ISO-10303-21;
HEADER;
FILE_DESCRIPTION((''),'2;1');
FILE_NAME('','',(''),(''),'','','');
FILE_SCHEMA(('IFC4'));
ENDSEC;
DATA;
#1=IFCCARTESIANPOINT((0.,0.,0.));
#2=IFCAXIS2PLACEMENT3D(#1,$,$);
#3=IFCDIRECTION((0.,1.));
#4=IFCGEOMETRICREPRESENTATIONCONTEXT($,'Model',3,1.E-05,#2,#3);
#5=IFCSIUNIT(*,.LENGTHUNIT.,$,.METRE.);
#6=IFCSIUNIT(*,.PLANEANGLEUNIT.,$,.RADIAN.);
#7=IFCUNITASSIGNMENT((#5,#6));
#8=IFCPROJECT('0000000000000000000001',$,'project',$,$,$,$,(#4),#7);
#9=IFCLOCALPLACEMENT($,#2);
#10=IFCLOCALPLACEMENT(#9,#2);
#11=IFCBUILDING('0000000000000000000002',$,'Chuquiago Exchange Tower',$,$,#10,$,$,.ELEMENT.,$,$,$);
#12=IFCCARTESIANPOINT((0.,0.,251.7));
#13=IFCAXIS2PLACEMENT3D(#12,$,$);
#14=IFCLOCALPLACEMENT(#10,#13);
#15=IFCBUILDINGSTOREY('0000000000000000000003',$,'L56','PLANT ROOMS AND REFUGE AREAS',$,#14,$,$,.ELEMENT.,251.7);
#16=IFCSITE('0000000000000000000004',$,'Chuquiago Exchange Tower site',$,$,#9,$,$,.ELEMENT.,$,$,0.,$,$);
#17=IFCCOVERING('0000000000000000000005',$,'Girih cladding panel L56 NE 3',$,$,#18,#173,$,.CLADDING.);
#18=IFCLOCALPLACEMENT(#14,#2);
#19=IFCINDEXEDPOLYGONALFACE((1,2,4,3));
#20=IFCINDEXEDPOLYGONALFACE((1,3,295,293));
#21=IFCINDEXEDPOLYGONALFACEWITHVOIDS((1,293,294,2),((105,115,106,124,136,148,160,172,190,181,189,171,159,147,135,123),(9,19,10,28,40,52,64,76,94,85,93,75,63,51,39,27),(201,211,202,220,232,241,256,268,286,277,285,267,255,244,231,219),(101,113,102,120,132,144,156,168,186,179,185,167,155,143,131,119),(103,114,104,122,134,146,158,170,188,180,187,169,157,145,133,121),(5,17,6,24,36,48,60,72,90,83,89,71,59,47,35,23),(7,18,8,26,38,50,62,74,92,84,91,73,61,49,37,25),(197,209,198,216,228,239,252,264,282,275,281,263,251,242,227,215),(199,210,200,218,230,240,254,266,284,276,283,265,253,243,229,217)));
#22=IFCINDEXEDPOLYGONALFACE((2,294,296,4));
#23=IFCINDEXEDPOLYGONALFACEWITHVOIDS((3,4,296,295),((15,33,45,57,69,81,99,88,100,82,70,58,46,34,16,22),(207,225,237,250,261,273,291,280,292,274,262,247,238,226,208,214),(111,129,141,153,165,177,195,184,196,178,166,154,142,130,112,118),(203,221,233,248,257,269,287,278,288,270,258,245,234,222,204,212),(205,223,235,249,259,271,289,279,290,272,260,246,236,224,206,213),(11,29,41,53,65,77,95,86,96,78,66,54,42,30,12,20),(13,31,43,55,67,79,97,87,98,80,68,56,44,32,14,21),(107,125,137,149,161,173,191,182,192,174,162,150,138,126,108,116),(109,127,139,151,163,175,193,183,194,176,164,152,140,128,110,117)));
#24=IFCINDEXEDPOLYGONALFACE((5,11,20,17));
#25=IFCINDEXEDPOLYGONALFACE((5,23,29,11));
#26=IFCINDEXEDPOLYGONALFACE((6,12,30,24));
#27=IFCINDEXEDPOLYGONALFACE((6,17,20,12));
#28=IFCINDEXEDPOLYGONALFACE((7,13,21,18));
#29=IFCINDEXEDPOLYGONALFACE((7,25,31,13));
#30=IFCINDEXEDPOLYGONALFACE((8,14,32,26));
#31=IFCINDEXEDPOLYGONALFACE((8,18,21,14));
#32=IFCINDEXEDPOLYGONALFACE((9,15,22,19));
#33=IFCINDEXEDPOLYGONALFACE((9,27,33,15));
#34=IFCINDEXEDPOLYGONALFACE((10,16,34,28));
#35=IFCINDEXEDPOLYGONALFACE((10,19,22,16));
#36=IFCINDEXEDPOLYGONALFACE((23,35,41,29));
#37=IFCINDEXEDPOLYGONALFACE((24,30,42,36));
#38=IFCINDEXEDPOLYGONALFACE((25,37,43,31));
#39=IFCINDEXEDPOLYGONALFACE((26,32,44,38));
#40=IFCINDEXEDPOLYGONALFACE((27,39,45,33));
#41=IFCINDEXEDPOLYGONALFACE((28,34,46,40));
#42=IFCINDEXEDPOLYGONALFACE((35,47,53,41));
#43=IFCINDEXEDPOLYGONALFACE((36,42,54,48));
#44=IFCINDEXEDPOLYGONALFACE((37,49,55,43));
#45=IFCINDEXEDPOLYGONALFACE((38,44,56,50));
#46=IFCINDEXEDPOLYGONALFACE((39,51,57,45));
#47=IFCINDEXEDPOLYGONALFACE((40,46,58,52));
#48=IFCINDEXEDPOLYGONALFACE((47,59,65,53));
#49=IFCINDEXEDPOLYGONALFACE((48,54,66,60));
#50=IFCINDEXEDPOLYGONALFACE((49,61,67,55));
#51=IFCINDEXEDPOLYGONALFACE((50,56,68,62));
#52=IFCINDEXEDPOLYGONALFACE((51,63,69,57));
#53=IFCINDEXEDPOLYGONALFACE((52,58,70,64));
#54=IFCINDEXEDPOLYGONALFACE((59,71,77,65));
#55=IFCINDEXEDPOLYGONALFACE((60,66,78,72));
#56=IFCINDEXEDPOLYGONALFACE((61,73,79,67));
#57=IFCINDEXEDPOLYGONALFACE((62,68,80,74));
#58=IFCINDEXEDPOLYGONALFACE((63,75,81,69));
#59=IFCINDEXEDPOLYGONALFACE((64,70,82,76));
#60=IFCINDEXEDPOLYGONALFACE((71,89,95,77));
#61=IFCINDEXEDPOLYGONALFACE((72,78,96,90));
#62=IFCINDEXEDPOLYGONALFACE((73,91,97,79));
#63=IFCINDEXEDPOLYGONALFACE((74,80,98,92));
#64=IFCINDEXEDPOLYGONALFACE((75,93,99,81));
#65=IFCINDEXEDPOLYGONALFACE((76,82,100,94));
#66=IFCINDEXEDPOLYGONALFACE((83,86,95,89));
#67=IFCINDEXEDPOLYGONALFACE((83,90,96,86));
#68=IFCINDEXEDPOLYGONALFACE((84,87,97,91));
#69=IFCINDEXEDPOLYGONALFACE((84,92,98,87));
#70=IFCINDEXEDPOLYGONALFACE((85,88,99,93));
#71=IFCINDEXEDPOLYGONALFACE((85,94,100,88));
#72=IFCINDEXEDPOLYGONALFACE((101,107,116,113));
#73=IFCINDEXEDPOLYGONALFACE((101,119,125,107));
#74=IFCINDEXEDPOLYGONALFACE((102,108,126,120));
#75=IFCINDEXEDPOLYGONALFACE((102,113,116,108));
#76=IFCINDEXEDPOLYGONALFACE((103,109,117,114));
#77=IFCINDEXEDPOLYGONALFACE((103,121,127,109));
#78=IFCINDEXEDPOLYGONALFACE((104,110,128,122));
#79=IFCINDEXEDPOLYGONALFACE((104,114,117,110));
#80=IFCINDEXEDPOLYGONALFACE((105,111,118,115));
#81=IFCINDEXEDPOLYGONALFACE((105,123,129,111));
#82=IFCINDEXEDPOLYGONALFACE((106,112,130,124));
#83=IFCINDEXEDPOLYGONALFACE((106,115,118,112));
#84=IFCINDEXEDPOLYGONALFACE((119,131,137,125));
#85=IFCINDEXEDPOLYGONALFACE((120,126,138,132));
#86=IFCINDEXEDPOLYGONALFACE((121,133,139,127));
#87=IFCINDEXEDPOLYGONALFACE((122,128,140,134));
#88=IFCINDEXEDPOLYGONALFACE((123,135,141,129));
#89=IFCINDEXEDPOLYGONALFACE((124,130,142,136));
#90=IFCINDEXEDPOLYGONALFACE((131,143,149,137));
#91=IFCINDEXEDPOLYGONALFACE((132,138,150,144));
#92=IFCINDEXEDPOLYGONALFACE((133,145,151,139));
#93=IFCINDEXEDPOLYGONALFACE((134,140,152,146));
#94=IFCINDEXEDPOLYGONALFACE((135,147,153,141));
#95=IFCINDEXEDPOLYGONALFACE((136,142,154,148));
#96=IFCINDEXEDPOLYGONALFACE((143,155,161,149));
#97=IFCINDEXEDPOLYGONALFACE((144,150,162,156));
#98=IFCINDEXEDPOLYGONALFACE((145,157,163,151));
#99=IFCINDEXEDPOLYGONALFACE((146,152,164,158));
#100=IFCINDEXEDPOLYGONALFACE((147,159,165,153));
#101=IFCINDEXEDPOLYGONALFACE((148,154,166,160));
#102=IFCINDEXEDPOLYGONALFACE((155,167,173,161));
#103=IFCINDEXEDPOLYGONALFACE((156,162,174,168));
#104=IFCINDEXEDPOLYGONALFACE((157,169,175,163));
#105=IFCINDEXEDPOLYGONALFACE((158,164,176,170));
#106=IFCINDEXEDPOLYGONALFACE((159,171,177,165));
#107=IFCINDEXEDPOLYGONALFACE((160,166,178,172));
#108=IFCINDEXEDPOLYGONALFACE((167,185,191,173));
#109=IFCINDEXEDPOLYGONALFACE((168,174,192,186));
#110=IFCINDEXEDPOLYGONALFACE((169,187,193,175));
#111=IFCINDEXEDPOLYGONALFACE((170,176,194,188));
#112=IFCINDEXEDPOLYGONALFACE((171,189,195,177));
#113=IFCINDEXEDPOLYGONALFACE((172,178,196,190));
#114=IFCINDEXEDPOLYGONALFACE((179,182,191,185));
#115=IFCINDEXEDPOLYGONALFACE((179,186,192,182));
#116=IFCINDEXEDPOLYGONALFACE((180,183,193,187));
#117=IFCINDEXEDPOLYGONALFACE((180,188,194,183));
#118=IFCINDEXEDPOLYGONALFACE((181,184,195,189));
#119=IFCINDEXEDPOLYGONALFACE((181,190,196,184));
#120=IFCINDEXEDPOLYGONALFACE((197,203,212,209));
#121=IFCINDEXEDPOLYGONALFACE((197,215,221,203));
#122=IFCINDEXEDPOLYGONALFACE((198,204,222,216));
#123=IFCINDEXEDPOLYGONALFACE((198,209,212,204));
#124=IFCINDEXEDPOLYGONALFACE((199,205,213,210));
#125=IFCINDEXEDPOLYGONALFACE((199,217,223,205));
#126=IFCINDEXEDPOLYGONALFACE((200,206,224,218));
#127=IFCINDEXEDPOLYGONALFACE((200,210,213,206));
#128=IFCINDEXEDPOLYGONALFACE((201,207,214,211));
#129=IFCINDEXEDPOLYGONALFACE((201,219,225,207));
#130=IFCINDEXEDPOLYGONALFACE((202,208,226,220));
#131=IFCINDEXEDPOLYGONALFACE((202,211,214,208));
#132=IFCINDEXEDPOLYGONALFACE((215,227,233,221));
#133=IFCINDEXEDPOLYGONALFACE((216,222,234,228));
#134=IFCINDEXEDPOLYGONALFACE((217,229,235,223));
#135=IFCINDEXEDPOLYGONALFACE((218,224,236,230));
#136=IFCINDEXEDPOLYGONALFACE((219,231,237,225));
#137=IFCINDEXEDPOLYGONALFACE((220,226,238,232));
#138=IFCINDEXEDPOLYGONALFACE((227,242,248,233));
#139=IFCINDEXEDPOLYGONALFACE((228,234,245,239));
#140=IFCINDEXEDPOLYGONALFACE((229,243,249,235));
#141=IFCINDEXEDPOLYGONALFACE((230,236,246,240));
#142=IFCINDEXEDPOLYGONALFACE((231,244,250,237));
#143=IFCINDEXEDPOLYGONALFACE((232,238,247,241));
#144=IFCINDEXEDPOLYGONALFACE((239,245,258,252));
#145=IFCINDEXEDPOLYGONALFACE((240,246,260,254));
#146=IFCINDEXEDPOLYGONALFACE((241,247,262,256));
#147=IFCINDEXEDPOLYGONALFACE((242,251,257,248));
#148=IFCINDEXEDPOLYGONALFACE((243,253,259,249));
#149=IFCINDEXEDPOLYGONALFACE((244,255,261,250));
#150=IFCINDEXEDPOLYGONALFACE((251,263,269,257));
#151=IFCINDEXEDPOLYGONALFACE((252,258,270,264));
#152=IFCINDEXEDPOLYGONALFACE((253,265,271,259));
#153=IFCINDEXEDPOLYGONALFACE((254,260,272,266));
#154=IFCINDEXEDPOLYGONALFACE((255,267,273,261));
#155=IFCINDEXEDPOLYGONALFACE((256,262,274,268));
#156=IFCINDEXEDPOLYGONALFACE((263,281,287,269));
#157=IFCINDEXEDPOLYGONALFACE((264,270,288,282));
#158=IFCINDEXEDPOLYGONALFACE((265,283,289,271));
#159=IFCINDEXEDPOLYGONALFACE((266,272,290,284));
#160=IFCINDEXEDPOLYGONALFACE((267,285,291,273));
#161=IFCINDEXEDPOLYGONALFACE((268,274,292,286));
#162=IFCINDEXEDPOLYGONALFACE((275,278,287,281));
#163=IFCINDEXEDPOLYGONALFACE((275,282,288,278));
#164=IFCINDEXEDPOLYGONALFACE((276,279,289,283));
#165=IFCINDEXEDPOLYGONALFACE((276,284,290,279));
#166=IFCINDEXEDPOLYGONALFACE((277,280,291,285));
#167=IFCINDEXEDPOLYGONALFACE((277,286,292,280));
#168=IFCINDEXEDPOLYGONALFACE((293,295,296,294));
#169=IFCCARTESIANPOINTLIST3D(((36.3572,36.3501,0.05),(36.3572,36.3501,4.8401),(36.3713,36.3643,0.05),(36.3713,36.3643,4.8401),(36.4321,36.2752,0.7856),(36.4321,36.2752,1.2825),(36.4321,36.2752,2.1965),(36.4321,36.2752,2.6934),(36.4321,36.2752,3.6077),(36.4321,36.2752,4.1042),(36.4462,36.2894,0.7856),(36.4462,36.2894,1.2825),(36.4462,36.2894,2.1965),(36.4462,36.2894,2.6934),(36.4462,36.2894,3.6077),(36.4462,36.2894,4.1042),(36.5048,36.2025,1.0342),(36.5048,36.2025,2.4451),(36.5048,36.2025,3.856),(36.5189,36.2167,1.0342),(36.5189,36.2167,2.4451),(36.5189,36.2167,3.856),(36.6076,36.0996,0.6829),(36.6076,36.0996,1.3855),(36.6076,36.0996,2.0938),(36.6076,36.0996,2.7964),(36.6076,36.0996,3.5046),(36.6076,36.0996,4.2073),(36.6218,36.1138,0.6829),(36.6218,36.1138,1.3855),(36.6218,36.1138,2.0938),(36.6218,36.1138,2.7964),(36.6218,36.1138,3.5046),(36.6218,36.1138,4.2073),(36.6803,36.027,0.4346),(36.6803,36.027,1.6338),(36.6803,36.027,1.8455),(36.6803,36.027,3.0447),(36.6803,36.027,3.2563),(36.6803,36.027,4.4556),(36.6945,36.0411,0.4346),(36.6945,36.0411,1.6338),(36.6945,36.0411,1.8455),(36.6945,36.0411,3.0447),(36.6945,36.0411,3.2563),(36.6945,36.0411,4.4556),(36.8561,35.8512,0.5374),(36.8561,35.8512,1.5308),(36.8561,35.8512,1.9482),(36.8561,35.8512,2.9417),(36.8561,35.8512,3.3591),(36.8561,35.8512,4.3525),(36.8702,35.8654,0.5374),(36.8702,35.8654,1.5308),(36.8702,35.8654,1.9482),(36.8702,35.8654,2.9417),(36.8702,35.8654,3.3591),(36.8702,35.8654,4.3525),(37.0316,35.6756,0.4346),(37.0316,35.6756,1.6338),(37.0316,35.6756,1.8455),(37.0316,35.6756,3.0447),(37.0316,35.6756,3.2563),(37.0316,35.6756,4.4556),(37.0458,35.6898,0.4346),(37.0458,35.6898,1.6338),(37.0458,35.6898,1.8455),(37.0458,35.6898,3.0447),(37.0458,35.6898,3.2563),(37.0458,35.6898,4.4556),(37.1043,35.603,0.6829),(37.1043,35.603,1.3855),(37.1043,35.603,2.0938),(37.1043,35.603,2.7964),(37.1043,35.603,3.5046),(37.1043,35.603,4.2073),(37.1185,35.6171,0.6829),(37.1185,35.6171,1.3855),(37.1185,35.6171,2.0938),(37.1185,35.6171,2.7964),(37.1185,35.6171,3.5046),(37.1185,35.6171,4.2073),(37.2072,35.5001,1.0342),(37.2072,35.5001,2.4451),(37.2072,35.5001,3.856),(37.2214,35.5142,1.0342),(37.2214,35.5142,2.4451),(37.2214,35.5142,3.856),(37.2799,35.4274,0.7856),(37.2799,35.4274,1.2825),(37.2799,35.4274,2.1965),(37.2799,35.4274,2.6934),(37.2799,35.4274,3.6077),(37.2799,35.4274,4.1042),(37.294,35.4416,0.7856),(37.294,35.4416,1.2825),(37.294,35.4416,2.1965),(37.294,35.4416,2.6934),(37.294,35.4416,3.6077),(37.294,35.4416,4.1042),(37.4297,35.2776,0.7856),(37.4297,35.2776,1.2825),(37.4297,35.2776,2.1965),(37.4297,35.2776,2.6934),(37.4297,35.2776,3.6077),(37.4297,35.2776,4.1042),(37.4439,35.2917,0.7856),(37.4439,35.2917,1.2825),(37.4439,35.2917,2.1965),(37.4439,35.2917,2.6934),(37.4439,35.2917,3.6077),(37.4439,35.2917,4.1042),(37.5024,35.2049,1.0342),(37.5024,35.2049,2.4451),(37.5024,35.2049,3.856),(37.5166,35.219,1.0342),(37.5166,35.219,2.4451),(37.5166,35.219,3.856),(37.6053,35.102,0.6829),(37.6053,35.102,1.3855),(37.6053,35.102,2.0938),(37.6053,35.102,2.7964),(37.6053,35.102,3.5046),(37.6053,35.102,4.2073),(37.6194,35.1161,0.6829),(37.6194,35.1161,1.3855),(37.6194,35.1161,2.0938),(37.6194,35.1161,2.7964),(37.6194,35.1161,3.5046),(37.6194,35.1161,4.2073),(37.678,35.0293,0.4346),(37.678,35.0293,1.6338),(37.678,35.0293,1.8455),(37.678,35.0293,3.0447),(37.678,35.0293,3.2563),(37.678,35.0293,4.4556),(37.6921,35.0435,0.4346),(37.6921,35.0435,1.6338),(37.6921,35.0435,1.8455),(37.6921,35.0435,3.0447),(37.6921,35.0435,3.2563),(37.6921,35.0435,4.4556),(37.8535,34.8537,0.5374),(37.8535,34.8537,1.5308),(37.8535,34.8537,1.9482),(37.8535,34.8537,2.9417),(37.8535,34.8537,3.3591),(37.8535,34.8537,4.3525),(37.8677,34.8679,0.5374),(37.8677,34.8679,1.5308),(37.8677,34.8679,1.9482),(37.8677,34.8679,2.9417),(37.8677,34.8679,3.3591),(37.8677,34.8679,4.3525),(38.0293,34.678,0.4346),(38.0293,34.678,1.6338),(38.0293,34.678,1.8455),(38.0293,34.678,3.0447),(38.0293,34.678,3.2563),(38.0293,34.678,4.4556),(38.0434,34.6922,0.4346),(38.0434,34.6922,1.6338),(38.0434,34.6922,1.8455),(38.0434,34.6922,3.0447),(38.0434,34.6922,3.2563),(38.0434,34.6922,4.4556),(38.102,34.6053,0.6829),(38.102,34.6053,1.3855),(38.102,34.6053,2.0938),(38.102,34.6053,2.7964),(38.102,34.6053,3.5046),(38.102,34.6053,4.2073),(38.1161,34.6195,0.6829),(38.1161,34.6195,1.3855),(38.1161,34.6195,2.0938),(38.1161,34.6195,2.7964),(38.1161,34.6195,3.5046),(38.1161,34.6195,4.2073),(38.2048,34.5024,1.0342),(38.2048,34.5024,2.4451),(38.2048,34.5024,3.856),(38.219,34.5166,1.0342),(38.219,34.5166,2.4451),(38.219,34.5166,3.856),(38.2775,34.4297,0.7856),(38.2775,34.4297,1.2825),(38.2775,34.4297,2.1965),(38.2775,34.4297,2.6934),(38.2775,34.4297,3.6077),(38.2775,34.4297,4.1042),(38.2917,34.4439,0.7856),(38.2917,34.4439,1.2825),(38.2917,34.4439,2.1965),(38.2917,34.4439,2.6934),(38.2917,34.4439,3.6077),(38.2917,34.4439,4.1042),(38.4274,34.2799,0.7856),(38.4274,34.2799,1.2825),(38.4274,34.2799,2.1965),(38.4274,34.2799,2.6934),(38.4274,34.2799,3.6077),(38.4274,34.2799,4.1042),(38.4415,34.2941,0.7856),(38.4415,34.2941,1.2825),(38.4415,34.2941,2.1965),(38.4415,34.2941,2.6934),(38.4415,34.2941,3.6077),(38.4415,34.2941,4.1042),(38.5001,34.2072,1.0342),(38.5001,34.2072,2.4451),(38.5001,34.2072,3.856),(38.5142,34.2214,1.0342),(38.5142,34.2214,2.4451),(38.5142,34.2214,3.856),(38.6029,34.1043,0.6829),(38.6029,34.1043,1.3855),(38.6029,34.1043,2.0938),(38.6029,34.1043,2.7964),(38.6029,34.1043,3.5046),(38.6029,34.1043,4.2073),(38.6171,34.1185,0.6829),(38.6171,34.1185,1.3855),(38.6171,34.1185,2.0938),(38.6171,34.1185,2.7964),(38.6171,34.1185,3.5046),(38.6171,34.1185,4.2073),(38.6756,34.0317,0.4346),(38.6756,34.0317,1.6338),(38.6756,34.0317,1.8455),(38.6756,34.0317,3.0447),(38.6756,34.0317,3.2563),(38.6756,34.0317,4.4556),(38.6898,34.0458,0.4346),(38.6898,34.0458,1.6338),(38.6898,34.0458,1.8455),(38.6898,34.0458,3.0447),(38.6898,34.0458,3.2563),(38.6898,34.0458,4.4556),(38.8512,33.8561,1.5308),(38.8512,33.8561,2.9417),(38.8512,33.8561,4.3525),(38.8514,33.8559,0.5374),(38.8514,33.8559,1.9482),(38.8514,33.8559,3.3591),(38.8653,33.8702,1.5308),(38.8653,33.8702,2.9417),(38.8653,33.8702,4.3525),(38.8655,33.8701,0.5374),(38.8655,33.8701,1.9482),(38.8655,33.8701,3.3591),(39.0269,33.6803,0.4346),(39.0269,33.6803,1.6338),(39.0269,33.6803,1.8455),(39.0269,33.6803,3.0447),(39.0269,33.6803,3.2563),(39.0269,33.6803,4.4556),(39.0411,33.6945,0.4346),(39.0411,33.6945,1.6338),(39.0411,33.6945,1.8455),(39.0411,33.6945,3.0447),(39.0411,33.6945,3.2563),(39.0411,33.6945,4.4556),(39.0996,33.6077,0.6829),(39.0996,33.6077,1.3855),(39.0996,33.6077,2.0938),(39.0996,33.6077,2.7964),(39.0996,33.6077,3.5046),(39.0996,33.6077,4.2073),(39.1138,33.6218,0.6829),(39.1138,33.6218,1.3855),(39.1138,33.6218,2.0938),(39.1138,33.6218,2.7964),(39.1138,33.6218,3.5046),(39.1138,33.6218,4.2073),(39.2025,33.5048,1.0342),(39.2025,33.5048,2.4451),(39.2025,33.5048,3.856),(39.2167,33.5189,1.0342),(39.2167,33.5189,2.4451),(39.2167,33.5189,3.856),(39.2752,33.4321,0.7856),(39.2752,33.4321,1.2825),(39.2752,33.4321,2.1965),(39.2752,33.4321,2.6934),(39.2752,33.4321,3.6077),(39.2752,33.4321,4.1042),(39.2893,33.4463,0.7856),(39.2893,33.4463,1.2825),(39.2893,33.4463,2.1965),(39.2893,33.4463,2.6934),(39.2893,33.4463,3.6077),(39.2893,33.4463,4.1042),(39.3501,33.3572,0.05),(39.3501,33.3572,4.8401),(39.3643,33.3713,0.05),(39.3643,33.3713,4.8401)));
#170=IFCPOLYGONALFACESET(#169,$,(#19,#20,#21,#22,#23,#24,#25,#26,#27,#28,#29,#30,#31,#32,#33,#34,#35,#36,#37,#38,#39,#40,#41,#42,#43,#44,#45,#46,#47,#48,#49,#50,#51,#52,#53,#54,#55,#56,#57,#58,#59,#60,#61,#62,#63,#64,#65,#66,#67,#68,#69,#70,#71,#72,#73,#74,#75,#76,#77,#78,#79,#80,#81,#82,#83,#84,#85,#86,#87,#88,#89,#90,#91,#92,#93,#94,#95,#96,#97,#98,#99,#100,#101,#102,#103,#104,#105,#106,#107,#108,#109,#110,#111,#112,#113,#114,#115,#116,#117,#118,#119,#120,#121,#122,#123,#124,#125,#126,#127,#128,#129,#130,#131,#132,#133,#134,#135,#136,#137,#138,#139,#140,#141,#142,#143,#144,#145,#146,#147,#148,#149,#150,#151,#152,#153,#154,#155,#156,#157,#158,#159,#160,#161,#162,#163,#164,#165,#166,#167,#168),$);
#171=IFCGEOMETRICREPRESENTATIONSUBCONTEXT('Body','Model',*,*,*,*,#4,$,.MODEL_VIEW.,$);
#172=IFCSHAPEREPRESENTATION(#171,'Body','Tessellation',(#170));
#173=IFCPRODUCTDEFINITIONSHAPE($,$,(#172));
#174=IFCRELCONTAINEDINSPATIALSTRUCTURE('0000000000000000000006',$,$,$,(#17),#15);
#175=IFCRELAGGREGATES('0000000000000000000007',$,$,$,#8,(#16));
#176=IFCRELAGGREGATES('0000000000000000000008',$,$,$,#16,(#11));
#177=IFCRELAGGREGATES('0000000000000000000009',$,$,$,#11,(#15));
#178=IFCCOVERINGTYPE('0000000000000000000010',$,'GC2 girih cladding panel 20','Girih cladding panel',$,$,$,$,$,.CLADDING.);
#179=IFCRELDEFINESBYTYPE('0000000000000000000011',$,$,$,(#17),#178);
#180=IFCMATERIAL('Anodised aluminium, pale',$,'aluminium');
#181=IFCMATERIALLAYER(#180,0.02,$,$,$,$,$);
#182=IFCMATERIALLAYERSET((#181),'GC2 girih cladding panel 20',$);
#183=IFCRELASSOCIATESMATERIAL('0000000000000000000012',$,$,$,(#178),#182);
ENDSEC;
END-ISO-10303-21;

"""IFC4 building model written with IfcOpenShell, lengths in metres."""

from ifc_helpers import new_model, si_unit, direction, frame, origin, place, context, subcontext, project, spatial, polyline, outline, extrude, material, layer, layer_set, type_object, element, save


model = new_model("IFC4")

# Units and contexts
model_context = context("Model", 3, precision=1e-05, world=origin(), true_north=direction((0.0, 1.0)))
body_context = subcontext(model_context, "Body", "Model", "MODEL_VIEW")
ifc_project = project(units=[si_unit("LENGTHUNIT", "METRE"), si_unit("PLANEANGLEUNIT", "RADIAN")], contexts=[model_context])

# Site, building, storey
site_placement = place(None, origin())
site = spatial("IfcSite", under=ifc_project, at=site_placement, Name="Chuquiago Exchange Tower site", CompositionType="ELEMENT", RefElevation=0.0)
building_placement = place(site_placement, origin())
building = spatial("IfcBuilding", under=site, at=building_placement, Name="Chuquiago Exchange Tower", CompositionType="ELEMENT")
storey_placement = place(building_placement, frame((0.0, 0.0, 251.7)))
storey = spatial("IfcBuildingStorey", under=building, at=storey_placement, Name="L56", Description="PLANT ROOMS AND REFUGE AREAS", CompositionType="ELEMENT", Elevation=251.7)

# Covering
ifc_material_1 = material(Name="Anodised aluminium, pale", Category="aluminium")
ifc_layer_1 = layer(ifc_material_1, 0.02)
ifc_layer_set_1 = layer_set([ifc_layer_1], Name="GC2 girih cladding panel 20")
covering_type = type_object("IfcCoveringType", Name="GC2 girih cladding panel 20", Description="Girih cladding panel", PredefinedType="CLADDING", material=ifc_layer_set_1)
covering_1_placement = place(storey_placement, frame((39.3501, 33.3572, 0.05), z_axis=(0.0, 0.0, 1.0), x_axis=(-0.707107, 0.707107, 0.0)))
element("IfcCovering", 1, at=covering_1_placement, inside=storey, type_object=covering_type, Name="Girih cladding panel L56 NE 3", PredefinedType="CLADDING", context=body_context, shape_type="SweptSolid", body=[
    extrude(outline(polyline([(0.0, 0.0), (4.2327, 0.0), (4.2327, 4.79), (0.0, 4.79), (0.0, 0.0)]), holes=[polyline([(1.2021, 0.9841), (1.3049, 1.2324), (1.0566, 1.3354), (0.9539, 1.5837), (0.7056, 1.4807), (0.457, 1.5837), (0.3542, 1.3354), (0.106, 1.2324), (0.2087, 0.9841), (0.106, 0.7356), (0.3542, 0.6328), (0.457, 0.3845), (0.7053, 0.4873), (0.9539, 0.3845), (1.0566, 0.6328), (1.3049, 0.7356), (1.2021, 0.9841)]), polyline([(2.613, 0.9841), (2.7158, 1.2324), (2.4675, 1.3354), (2.3647, 1.5837), (2.1165, 1.4807), (1.8679, 1.5837), (1.7651, 1.3354), (1.5168, 1.2324), (1.6196, 0.9841), (1.5168, 0.7356), (1.7651, 0.6328), (1.8679, 0.3845), (2.1165, 0.4873), (2.3647, 0.3845), (2.4675, 0.6328), (2.7158, 0.7356), (2.613, 0.9841)]), polyline([(4.0239, 0.9841), (4.1267, 1.2324), (3.8784, 1.3354), (3.7756, 1.5837), (3.5271, 1.4807), (3.2788, 1.5837), (3.176, 1.3354), (2.9277, 1.2324), (3.0305, 0.9841), (2.9277, 0.7356), (3.176, 0.6328), (3.2788, 0.3845), (3.5271, 0.4873), (3.7756, 0.3845), (3.8784, 0.6328), (4.1267, 0.7356), (4.0239, 0.9841)]), polyline([(1.2021, 2.395), (1.3049, 2.6433), (1.0566, 2.7463), (0.9539, 2.9946), (0.7056, 2.8916), (0.457, 2.9946), (0.3542, 2.7463), (0.106, 2.6433), (0.2087, 2.395), (0.106, 2.1465), (0.3542, 2.0437), (0.457, 1.7954), (0.7053, 1.8982), (0.9539, 1.7954), (1.0566, 2.0437), (1.3049, 2.1465), (1.2021, 2.395)]), polyline([(2.613, 2.395), (2.7158, 2.6433), (2.4675, 2.7463), (2.3647, 2.9946), (2.1165, 2.8916), (1.8679, 2.9946), (1.7651, 2.7463), (1.5168, 2.6433), (1.6196, 2.395), (1.5168, 2.1465), (1.7651, 2.0437), (1.8679, 1.7954), (2.1165, 1.8982), (2.3647, 1.7954), (2.4675, 2.0437), (2.7158, 2.1465), (2.613, 2.395)]), polyline([(4.0239, 2.395), (4.1267, 2.6433), (3.8784, 2.7463), (3.7756, 2.9946), (3.5271, 2.8916), (3.2788, 2.9946), (3.176, 2.7463), (2.9277, 2.6433), (3.0305, 2.395), (2.9277, 2.1465), (3.176, 2.0437), (3.2788, 1.7954), (3.5271, 1.8982), (3.7756, 1.7954), (3.8784, 2.0437), (4.1267, 2.1465), (4.0239, 2.395)]), polyline([(1.2021, 3.8059), (1.3049, 4.0542), (1.0566, 4.1572), (0.9539, 4.4055), (0.7056, 4.3025), (0.457, 4.4055), (0.3542, 4.1572), (0.106, 4.0542), (0.2087, 3.8059), (0.106, 3.5576), (0.3542, 3.4546), (0.457, 3.2063), (0.7053, 3.3091), (0.9539, 3.2063), (1.0566, 3.4546), (1.3049, 3.5576), (1.2021, 3.8059)]), polyline([(2.613, 3.8059), (2.7158, 4.0542), (2.4675, 4.1572), (2.3647, 4.4055), (2.1165, 4.3025), (1.8679, 4.4055), (1.7651, 4.1572), (1.5168, 4.0542), (1.6196, 3.8059), (1.5168, 3.5576), (1.7651, 3.4546), (1.8679, 3.2063), (2.1165, 3.3091), (2.3647, 3.2063), (2.4675, 3.4546), (2.7158, 3.5576), (2.613, 3.8059)]), polyline([(4.0239, 3.8059), (4.1267, 4.0542), (3.8784, 4.1572), (3.7756, 4.4055), (3.5271, 4.3025), (3.2788, 4.4055), (3.176, 4.1572), (2.9277, 4.0542), (3.0305, 3.8059), (2.9277, 3.5576), (3.176, 3.4546), (3.2788, 3.2063), (3.5271, 3.3091), (3.7756, 3.2063), (3.8784, 3.4546), (4.1267, 3.5576), (4.0239, 3.8059)])]), frame((0.0, 0.0, 0.0), z_axis=(0.0, -1.0, 0.0), x_axis=(1.0, 0.0, 0.0)), (0.0, 0.0, 1.0), 0.02),
])

save(model, "model.ifc")
